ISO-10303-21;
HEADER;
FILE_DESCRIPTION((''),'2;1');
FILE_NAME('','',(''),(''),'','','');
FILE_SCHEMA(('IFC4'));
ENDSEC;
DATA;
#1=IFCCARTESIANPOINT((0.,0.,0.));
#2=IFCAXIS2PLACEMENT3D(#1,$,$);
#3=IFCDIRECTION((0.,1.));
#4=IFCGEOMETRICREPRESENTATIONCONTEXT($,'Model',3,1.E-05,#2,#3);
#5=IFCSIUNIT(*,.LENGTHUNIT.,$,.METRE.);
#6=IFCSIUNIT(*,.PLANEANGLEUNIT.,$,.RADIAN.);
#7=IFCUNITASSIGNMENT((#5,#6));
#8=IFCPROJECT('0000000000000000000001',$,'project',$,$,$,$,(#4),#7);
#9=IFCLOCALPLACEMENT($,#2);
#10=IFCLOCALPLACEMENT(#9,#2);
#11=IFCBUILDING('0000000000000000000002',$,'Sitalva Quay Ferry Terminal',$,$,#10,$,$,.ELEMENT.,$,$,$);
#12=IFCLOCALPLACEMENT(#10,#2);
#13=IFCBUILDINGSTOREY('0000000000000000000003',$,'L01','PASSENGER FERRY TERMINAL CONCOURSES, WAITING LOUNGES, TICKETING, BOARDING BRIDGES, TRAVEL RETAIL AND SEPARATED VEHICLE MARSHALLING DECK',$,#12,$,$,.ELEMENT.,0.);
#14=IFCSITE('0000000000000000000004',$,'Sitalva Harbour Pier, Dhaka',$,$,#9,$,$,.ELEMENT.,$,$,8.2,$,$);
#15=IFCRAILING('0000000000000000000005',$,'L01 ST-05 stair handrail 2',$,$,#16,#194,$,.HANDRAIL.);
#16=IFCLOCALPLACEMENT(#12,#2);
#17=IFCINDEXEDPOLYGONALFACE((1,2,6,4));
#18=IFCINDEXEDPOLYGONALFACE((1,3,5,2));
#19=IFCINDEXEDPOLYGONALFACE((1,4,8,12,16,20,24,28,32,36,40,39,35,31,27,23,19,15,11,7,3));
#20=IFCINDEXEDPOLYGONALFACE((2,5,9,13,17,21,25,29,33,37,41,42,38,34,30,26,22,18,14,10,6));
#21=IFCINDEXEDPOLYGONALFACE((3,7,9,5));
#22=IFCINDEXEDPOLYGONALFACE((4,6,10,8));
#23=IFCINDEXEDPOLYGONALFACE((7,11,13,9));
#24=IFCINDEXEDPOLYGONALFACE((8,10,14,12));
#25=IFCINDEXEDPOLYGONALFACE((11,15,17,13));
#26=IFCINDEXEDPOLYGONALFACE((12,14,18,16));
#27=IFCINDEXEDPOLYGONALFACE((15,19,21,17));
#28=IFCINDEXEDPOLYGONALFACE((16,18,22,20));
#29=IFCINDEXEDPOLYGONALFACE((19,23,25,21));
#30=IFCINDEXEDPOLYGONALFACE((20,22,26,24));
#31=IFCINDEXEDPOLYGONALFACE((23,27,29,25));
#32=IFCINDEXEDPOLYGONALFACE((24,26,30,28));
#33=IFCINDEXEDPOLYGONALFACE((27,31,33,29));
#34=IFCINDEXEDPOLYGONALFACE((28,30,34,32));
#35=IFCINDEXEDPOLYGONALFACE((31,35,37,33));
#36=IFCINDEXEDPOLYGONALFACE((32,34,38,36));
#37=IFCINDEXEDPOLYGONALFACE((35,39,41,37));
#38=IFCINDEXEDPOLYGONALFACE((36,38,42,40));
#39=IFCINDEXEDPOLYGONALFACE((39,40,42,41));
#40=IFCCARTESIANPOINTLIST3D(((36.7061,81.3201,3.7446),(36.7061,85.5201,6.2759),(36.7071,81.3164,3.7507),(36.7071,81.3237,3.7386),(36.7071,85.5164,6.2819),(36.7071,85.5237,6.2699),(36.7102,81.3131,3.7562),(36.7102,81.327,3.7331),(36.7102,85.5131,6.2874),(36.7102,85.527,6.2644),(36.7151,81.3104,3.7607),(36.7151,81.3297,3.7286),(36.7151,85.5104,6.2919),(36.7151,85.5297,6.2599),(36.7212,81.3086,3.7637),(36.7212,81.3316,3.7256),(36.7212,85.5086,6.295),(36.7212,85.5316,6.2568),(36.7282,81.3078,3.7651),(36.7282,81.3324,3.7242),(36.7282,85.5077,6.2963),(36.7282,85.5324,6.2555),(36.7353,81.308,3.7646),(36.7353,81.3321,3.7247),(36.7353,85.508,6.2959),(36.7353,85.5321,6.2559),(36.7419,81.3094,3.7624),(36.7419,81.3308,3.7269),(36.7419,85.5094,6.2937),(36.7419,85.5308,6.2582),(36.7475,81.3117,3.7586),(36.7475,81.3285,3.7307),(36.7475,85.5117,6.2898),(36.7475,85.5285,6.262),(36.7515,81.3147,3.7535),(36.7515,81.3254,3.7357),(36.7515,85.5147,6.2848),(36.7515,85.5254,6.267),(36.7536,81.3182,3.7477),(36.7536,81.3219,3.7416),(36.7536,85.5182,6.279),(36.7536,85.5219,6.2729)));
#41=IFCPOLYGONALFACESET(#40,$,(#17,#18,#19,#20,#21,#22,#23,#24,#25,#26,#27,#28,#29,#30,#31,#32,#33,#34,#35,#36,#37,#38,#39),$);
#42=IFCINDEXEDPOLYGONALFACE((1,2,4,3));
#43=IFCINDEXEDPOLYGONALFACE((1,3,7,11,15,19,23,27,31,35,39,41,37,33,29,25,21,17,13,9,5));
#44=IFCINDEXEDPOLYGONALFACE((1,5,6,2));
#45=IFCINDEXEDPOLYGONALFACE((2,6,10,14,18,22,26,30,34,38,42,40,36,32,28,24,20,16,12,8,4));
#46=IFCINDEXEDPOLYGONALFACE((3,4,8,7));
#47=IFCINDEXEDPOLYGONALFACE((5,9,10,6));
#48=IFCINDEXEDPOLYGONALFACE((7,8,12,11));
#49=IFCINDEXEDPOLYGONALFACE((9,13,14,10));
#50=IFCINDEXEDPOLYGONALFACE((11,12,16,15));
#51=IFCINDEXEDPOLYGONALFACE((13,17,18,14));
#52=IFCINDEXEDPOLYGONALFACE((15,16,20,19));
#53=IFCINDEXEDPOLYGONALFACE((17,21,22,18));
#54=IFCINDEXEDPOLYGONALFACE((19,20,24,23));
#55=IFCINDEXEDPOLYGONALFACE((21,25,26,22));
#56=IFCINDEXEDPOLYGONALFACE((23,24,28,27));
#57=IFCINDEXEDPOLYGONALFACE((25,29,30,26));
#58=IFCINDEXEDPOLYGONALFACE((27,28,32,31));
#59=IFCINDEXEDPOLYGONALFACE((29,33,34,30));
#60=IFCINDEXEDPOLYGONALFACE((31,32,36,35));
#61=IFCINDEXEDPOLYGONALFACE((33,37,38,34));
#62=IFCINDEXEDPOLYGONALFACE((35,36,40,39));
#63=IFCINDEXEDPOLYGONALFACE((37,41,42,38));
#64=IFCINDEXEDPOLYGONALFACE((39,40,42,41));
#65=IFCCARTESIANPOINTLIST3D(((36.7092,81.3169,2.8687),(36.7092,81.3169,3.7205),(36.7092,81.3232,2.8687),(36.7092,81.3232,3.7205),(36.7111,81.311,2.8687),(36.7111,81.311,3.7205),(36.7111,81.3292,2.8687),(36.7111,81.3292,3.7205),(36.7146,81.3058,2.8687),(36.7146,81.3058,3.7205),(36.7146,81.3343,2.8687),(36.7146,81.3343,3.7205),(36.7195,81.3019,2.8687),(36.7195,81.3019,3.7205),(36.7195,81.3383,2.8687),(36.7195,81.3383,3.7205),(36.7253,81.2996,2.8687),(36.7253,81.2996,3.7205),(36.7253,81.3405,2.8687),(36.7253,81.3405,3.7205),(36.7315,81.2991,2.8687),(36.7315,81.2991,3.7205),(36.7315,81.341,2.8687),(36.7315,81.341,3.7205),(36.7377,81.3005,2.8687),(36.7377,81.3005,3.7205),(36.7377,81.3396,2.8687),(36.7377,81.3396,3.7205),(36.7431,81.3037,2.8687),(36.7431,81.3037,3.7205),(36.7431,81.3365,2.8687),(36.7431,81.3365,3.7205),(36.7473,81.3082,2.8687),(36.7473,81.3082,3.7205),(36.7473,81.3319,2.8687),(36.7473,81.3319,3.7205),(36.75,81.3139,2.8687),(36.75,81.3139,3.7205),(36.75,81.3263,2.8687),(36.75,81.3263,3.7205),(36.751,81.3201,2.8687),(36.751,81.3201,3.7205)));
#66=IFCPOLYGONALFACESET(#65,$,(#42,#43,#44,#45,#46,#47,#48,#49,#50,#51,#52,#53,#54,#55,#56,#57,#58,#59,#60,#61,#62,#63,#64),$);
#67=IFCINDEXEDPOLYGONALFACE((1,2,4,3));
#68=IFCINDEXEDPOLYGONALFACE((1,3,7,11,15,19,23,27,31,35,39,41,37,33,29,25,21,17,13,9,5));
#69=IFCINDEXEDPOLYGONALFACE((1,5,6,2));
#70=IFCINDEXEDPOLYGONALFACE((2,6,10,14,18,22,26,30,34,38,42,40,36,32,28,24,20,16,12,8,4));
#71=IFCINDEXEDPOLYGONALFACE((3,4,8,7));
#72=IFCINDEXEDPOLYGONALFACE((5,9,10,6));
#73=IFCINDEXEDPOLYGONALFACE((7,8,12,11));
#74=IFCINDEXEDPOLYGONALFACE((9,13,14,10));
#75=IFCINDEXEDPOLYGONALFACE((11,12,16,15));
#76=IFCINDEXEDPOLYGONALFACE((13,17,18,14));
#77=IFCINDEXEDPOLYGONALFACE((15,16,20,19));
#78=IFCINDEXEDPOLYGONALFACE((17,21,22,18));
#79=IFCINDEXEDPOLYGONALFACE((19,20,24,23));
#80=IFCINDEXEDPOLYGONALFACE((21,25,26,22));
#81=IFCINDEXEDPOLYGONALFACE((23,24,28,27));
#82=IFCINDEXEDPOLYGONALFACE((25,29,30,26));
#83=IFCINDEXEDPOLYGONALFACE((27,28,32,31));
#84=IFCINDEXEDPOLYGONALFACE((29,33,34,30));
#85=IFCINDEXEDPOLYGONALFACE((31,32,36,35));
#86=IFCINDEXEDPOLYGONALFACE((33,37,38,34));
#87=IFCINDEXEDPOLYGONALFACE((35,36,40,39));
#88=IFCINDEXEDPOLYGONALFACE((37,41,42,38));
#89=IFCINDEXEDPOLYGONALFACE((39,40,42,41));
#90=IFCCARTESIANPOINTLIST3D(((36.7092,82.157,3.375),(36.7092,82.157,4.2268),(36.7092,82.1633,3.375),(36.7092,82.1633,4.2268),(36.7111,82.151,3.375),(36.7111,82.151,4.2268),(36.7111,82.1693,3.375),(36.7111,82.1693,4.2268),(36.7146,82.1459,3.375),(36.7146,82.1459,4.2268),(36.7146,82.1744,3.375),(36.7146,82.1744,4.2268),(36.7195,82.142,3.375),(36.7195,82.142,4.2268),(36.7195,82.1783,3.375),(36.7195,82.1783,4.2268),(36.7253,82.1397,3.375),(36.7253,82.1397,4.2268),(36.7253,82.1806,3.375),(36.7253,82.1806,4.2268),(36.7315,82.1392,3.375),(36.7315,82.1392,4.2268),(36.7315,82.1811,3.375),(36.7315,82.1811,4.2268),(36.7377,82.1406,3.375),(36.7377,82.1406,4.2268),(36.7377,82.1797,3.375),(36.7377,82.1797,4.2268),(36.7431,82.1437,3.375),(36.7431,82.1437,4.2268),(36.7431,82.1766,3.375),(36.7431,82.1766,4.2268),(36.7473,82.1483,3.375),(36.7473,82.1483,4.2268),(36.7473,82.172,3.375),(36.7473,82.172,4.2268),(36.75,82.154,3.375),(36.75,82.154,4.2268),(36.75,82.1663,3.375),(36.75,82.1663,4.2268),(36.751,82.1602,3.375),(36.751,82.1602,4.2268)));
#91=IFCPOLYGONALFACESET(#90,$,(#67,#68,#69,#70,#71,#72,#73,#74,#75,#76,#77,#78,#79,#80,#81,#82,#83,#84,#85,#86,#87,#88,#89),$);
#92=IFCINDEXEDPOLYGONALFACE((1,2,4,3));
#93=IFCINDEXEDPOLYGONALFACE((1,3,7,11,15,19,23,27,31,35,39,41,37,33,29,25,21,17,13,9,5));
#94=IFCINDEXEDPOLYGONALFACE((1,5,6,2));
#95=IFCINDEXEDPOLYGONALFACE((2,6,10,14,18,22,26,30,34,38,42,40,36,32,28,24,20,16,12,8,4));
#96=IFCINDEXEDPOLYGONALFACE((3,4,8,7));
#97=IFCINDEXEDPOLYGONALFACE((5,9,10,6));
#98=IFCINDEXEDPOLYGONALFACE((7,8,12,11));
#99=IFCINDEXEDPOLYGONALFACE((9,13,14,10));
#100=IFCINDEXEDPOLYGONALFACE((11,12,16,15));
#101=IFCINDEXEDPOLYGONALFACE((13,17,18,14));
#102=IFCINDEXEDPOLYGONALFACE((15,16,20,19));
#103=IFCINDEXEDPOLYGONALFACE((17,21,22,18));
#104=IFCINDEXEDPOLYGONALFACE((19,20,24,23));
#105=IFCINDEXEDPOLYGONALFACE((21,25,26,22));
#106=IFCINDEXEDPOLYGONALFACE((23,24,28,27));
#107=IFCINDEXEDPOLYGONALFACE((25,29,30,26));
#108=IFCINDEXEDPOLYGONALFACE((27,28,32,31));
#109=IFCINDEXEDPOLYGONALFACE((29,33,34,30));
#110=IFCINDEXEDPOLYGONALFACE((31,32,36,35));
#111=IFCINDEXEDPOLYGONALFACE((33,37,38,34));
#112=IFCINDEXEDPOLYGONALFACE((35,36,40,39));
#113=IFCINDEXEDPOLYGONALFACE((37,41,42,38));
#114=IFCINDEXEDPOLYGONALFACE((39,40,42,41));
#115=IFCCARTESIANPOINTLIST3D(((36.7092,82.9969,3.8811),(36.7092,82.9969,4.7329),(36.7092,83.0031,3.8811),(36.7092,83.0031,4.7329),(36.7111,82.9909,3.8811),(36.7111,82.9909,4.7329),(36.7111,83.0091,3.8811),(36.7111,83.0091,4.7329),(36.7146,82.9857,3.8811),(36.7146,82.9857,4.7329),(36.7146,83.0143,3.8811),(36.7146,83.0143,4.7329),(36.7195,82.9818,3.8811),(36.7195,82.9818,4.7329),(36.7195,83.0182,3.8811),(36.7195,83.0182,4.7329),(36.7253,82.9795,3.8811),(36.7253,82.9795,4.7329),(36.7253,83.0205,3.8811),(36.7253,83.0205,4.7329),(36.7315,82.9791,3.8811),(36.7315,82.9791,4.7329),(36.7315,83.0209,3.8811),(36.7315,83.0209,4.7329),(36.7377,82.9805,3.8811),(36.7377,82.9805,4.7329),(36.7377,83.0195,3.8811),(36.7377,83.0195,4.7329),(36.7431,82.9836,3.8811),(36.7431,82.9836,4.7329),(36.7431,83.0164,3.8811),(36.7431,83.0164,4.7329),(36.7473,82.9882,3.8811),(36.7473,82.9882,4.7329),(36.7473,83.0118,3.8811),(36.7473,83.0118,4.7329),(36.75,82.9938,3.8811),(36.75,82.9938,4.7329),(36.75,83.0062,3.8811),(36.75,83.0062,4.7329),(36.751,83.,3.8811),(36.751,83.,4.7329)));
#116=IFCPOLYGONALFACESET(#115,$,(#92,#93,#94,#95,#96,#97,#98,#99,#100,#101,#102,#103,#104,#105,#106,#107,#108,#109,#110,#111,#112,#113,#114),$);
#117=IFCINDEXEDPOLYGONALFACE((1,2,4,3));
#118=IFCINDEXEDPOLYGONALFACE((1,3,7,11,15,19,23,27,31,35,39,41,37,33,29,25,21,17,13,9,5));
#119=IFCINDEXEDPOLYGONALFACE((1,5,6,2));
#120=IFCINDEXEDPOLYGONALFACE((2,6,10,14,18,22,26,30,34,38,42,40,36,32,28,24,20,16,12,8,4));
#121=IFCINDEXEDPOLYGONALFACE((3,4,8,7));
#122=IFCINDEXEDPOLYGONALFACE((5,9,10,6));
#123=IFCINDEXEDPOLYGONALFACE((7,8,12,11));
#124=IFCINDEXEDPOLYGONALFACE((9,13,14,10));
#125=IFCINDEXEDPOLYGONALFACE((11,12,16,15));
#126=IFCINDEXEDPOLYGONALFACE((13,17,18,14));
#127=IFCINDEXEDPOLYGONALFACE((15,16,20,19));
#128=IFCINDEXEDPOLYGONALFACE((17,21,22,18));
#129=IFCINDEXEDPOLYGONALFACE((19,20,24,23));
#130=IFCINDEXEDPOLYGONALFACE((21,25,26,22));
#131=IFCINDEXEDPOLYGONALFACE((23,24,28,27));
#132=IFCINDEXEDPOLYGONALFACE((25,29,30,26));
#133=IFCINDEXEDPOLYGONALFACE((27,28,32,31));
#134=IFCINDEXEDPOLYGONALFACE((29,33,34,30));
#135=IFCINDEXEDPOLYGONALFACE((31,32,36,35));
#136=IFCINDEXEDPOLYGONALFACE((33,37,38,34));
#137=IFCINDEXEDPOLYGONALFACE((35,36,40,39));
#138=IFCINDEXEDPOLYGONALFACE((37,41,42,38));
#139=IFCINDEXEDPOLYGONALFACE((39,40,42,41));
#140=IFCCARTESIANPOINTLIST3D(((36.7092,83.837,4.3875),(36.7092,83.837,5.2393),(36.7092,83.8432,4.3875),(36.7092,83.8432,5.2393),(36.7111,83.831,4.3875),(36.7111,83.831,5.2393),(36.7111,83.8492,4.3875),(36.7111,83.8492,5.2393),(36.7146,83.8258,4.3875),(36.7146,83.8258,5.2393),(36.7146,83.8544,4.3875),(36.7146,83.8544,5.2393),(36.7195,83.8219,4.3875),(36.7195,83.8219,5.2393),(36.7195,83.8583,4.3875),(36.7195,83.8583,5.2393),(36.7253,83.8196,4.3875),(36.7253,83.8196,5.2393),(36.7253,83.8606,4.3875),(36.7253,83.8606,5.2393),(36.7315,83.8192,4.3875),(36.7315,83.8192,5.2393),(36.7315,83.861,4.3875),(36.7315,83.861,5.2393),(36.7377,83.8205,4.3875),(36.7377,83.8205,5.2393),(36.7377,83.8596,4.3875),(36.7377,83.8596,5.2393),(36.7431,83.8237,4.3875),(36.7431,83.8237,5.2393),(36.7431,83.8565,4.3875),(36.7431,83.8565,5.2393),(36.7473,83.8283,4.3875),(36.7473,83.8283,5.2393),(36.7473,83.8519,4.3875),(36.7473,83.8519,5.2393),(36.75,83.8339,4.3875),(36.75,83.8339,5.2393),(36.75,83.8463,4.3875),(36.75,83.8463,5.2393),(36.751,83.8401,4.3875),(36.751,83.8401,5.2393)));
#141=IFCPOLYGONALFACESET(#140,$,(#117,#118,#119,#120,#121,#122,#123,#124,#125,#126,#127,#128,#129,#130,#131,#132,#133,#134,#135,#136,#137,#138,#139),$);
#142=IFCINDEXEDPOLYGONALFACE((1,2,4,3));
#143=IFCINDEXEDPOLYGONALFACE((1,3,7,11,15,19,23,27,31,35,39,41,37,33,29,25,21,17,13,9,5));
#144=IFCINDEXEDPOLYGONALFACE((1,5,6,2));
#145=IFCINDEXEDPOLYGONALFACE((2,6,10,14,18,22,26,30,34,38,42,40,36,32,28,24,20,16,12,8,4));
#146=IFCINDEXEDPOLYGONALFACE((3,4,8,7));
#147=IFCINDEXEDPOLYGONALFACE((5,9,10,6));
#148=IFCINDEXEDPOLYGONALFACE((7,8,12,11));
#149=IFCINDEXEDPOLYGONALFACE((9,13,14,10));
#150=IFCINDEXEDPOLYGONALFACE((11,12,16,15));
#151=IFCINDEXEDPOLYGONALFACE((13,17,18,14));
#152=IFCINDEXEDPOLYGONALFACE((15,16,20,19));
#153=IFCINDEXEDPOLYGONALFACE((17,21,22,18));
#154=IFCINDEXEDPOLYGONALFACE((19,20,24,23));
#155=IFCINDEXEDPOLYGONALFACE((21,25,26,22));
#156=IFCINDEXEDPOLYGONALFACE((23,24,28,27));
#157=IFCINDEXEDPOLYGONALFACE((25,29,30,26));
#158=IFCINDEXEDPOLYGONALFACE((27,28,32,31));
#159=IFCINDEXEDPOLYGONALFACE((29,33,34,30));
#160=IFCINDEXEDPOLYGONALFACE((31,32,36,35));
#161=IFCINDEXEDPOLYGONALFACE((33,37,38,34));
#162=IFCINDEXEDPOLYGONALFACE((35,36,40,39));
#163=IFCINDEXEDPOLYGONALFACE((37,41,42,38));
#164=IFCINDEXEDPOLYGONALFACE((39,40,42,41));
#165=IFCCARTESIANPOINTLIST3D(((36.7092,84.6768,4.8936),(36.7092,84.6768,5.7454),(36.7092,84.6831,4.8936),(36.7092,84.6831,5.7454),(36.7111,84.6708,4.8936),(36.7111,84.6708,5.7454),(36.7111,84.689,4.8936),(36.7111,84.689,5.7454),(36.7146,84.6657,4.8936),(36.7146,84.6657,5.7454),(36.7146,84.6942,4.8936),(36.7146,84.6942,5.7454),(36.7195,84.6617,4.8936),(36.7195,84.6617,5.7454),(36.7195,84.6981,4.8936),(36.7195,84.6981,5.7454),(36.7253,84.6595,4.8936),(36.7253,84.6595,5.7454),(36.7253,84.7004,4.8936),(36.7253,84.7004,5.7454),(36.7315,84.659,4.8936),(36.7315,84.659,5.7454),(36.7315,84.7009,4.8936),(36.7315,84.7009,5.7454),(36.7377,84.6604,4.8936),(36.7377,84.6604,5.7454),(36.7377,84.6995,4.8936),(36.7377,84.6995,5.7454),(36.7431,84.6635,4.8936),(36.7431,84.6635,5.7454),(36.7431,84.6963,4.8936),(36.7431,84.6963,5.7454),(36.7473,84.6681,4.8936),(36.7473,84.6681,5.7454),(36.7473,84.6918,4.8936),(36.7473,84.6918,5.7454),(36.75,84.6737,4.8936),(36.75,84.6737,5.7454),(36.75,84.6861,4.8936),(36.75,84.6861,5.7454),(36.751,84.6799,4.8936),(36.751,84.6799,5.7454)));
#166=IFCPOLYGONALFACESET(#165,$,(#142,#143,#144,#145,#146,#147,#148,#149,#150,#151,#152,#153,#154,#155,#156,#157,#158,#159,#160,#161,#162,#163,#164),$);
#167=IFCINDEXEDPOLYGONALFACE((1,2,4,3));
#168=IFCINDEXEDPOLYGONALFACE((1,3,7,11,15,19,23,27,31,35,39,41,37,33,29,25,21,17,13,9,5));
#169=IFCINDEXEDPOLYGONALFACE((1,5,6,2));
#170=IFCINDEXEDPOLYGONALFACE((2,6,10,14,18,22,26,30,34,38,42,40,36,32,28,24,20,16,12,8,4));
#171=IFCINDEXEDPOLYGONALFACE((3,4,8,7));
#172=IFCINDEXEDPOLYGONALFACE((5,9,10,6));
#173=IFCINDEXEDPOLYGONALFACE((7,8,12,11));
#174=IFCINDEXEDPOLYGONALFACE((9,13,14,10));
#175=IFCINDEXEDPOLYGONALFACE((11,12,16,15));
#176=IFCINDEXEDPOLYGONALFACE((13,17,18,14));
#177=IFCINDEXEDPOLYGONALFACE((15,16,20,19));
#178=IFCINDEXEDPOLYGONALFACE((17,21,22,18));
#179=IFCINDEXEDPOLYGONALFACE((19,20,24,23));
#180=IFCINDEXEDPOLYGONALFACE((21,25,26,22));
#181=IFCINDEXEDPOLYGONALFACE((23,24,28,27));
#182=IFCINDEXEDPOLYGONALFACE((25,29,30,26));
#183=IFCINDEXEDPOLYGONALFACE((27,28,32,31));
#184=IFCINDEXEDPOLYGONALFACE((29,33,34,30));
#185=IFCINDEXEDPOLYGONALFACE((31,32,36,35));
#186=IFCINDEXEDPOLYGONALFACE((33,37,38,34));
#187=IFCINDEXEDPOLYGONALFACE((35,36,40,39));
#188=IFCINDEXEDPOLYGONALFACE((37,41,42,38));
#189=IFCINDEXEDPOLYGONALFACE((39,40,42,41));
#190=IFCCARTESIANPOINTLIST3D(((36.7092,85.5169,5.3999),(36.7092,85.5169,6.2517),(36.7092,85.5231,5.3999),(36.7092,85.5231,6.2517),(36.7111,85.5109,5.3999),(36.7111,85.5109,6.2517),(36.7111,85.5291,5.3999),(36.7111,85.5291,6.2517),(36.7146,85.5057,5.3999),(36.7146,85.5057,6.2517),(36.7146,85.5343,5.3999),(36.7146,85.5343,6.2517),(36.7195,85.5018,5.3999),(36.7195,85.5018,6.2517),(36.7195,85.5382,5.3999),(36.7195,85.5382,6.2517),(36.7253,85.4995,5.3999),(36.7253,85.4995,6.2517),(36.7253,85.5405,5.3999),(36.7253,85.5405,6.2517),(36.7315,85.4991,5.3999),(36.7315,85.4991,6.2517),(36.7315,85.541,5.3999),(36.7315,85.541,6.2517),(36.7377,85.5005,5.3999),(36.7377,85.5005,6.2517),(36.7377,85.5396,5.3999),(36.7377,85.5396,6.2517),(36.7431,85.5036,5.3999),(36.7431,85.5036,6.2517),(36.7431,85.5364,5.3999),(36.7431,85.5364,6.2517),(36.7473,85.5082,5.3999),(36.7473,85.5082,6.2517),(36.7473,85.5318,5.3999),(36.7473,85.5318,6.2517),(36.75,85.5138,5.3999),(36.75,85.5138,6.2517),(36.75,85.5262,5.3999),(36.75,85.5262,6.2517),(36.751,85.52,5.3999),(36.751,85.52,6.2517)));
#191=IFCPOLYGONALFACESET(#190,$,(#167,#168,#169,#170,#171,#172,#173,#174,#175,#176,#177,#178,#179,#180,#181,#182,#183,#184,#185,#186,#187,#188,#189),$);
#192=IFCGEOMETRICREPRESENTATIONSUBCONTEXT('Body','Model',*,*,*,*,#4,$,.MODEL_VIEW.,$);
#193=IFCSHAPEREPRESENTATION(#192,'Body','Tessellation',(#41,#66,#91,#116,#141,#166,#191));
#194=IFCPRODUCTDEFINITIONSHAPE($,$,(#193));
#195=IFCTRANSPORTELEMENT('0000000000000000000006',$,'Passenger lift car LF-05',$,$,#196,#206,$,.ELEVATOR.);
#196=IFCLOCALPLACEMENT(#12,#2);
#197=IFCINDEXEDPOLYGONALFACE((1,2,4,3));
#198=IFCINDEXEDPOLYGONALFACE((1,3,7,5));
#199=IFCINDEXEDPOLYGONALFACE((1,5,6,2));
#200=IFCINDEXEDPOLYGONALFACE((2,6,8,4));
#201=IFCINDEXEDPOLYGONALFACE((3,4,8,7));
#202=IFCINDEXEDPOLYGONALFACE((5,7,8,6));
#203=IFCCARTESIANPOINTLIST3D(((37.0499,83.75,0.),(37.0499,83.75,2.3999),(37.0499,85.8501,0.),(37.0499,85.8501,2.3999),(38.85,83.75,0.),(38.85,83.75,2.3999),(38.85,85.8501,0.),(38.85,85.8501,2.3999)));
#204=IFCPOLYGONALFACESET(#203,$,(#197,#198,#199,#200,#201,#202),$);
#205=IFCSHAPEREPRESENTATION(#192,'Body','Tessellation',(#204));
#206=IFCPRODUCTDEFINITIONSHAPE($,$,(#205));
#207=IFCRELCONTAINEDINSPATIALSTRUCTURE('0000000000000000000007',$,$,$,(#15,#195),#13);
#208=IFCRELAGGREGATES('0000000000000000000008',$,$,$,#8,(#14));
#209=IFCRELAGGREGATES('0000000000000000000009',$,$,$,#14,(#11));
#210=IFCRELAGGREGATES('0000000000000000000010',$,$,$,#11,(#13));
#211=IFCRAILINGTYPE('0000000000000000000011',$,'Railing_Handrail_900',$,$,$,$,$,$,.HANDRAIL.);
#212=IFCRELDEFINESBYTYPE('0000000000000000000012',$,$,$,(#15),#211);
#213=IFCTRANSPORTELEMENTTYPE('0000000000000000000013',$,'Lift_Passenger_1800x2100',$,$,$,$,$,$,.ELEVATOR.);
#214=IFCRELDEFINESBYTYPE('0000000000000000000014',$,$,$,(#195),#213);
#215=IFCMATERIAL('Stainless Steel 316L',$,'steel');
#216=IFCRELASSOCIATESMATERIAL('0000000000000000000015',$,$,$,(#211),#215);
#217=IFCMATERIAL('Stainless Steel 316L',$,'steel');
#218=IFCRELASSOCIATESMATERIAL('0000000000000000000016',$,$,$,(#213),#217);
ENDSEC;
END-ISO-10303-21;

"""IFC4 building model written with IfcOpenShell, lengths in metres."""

from ifc_helpers import new_model, si_unit, direction, frame, origin, origin_2d, place, context, subcontext, project, spatial, rectangle, circle, extrude, material, type_object, element, save


model = new_model("IFC4")

# Units and contexts
model_context = context("Model", 3, precision=1e-05, world=origin(), true_north=direction((0.0, 1.0)))
body_context = subcontext(model_context, "Body", "Model", "MODEL_VIEW")
ifc_project = project(units=[si_unit("LENGTHUNIT", "METRE"), si_unit("PLANEANGLEUNIT", "RADIAN")], contexts=[model_context])

# Site, building, storey
site_placement = place(None, origin())
site = spatial("IfcSite", under=ifc_project, at=site_placement, Name="Sitalva Harbour Pier, Dhaka", CompositionType="ELEMENT", RefElevation=8.2)
building_placement = place(site_placement, origin())
building = spatial("IfcBuilding", under=site, at=building_placement, Name="Sitalva Quay Ferry Terminal", CompositionType="ELEMENT")
storey_placement = place(building_placement, origin())
storey = spatial("IfcBuildingStorey", under=building, at=storey_placement, Name="L01", Description="PASSENGER FERRY TERMINAL CONCOURSES, WAITING LOUNGES, TICKETING, BOARDING BRIDGES, TRAVEL RETAIL AND SEPARATED VEHICLE MARSHALLING DECK", CompositionType="ELEMENT", Elevation=0.0)

# Railing
ifc_material_1 = material(Name="Stainless Steel 316L", Category="steel")
railing_type_1 = type_object("IfcRailingType", Name="Railing_Handrail_900", PredefinedType="HANDRAIL", material=ifc_material_1)
railing_1_placement = place(storey_placement, frame((36.73, 81.3201, 2.8687)))
element("IfcRailing", 1, at=railing_1_placement, inside=storey, type_object=railing_type_1, Name="L01 ST-05 stair handrail 2", PredefinedType="HANDRAIL", context=body_context, shape_type="SweptSolid", body=[
    extrude(circle(Radius=0.0239, at=origin_2d()), frame((0.0, 0.0, 0.876), z_axis=(0.0, 0.856476, 0.516186), x_axis=(-1.0, 0.0, 0.0)), (0.0, 0.0, 1.0), 4.9038),
    extrude(circle(Radius=0.021, at=origin_2d()), origin(), (0.0, 0.0, 1.0), 0.8518),
    extrude(circle(Radius=0.021, at=origin_2d()), frame((0.0, 0.8401, 0.5063)), (0.0, 0.0, 1.0), 0.8518),
    extrude(circle(Radius=0.021, at=origin_2d()), frame((0.0, 1.6799, 1.0125)), (0.0, 0.0, 1.0), 0.8518),
    extrude(circle(Radius=0.021, at=origin_2d()), frame((0.0, 2.52, 1.5188)), (0.0, 0.0, 1.0), 0.8518),
    extrude(circle(Radius=0.021, at=origin_2d()), frame((0.0, 3.3599, 2.0249)), (0.0, 0.0, 1.0), 0.8518),
    extrude(circle(Radius=0.021, at=origin_2d()), frame((0.0, 4.2, 2.5312)), (0.0, 0.0, 1.0), 0.8518),
])

# Transport element
ifc_material_2 = material(Name="Stainless Steel 316L", Category="steel")
transport_element_type = type_object("IfcTransportElementType", Name="Lift_Passenger_1800x2100", PredefinedType="ELEVATOR", material=ifc_material_2)
transport_element_placement = place(storey_placement, frame((37.95, 84.8, 0.0), z_axis=(0.0, 0.0, 1.0), x_axis=(1.0, 0.0, 0.0)))
element("IfcTransportElement", 2, at=transport_element_placement, inside=storey, type_object=transport_element_type, Name="Passenger lift car LF-05", PredefinedType="ELEVATOR", context=body_context, shape_type="SweptSolid", body=[
    extrude(rectangle(XDim=1.8, YDim=2.1001, at=origin_2d()), origin(), (0.0, 0.0, 1.0), 2.3999),
])

save(model, "model.ifc")
